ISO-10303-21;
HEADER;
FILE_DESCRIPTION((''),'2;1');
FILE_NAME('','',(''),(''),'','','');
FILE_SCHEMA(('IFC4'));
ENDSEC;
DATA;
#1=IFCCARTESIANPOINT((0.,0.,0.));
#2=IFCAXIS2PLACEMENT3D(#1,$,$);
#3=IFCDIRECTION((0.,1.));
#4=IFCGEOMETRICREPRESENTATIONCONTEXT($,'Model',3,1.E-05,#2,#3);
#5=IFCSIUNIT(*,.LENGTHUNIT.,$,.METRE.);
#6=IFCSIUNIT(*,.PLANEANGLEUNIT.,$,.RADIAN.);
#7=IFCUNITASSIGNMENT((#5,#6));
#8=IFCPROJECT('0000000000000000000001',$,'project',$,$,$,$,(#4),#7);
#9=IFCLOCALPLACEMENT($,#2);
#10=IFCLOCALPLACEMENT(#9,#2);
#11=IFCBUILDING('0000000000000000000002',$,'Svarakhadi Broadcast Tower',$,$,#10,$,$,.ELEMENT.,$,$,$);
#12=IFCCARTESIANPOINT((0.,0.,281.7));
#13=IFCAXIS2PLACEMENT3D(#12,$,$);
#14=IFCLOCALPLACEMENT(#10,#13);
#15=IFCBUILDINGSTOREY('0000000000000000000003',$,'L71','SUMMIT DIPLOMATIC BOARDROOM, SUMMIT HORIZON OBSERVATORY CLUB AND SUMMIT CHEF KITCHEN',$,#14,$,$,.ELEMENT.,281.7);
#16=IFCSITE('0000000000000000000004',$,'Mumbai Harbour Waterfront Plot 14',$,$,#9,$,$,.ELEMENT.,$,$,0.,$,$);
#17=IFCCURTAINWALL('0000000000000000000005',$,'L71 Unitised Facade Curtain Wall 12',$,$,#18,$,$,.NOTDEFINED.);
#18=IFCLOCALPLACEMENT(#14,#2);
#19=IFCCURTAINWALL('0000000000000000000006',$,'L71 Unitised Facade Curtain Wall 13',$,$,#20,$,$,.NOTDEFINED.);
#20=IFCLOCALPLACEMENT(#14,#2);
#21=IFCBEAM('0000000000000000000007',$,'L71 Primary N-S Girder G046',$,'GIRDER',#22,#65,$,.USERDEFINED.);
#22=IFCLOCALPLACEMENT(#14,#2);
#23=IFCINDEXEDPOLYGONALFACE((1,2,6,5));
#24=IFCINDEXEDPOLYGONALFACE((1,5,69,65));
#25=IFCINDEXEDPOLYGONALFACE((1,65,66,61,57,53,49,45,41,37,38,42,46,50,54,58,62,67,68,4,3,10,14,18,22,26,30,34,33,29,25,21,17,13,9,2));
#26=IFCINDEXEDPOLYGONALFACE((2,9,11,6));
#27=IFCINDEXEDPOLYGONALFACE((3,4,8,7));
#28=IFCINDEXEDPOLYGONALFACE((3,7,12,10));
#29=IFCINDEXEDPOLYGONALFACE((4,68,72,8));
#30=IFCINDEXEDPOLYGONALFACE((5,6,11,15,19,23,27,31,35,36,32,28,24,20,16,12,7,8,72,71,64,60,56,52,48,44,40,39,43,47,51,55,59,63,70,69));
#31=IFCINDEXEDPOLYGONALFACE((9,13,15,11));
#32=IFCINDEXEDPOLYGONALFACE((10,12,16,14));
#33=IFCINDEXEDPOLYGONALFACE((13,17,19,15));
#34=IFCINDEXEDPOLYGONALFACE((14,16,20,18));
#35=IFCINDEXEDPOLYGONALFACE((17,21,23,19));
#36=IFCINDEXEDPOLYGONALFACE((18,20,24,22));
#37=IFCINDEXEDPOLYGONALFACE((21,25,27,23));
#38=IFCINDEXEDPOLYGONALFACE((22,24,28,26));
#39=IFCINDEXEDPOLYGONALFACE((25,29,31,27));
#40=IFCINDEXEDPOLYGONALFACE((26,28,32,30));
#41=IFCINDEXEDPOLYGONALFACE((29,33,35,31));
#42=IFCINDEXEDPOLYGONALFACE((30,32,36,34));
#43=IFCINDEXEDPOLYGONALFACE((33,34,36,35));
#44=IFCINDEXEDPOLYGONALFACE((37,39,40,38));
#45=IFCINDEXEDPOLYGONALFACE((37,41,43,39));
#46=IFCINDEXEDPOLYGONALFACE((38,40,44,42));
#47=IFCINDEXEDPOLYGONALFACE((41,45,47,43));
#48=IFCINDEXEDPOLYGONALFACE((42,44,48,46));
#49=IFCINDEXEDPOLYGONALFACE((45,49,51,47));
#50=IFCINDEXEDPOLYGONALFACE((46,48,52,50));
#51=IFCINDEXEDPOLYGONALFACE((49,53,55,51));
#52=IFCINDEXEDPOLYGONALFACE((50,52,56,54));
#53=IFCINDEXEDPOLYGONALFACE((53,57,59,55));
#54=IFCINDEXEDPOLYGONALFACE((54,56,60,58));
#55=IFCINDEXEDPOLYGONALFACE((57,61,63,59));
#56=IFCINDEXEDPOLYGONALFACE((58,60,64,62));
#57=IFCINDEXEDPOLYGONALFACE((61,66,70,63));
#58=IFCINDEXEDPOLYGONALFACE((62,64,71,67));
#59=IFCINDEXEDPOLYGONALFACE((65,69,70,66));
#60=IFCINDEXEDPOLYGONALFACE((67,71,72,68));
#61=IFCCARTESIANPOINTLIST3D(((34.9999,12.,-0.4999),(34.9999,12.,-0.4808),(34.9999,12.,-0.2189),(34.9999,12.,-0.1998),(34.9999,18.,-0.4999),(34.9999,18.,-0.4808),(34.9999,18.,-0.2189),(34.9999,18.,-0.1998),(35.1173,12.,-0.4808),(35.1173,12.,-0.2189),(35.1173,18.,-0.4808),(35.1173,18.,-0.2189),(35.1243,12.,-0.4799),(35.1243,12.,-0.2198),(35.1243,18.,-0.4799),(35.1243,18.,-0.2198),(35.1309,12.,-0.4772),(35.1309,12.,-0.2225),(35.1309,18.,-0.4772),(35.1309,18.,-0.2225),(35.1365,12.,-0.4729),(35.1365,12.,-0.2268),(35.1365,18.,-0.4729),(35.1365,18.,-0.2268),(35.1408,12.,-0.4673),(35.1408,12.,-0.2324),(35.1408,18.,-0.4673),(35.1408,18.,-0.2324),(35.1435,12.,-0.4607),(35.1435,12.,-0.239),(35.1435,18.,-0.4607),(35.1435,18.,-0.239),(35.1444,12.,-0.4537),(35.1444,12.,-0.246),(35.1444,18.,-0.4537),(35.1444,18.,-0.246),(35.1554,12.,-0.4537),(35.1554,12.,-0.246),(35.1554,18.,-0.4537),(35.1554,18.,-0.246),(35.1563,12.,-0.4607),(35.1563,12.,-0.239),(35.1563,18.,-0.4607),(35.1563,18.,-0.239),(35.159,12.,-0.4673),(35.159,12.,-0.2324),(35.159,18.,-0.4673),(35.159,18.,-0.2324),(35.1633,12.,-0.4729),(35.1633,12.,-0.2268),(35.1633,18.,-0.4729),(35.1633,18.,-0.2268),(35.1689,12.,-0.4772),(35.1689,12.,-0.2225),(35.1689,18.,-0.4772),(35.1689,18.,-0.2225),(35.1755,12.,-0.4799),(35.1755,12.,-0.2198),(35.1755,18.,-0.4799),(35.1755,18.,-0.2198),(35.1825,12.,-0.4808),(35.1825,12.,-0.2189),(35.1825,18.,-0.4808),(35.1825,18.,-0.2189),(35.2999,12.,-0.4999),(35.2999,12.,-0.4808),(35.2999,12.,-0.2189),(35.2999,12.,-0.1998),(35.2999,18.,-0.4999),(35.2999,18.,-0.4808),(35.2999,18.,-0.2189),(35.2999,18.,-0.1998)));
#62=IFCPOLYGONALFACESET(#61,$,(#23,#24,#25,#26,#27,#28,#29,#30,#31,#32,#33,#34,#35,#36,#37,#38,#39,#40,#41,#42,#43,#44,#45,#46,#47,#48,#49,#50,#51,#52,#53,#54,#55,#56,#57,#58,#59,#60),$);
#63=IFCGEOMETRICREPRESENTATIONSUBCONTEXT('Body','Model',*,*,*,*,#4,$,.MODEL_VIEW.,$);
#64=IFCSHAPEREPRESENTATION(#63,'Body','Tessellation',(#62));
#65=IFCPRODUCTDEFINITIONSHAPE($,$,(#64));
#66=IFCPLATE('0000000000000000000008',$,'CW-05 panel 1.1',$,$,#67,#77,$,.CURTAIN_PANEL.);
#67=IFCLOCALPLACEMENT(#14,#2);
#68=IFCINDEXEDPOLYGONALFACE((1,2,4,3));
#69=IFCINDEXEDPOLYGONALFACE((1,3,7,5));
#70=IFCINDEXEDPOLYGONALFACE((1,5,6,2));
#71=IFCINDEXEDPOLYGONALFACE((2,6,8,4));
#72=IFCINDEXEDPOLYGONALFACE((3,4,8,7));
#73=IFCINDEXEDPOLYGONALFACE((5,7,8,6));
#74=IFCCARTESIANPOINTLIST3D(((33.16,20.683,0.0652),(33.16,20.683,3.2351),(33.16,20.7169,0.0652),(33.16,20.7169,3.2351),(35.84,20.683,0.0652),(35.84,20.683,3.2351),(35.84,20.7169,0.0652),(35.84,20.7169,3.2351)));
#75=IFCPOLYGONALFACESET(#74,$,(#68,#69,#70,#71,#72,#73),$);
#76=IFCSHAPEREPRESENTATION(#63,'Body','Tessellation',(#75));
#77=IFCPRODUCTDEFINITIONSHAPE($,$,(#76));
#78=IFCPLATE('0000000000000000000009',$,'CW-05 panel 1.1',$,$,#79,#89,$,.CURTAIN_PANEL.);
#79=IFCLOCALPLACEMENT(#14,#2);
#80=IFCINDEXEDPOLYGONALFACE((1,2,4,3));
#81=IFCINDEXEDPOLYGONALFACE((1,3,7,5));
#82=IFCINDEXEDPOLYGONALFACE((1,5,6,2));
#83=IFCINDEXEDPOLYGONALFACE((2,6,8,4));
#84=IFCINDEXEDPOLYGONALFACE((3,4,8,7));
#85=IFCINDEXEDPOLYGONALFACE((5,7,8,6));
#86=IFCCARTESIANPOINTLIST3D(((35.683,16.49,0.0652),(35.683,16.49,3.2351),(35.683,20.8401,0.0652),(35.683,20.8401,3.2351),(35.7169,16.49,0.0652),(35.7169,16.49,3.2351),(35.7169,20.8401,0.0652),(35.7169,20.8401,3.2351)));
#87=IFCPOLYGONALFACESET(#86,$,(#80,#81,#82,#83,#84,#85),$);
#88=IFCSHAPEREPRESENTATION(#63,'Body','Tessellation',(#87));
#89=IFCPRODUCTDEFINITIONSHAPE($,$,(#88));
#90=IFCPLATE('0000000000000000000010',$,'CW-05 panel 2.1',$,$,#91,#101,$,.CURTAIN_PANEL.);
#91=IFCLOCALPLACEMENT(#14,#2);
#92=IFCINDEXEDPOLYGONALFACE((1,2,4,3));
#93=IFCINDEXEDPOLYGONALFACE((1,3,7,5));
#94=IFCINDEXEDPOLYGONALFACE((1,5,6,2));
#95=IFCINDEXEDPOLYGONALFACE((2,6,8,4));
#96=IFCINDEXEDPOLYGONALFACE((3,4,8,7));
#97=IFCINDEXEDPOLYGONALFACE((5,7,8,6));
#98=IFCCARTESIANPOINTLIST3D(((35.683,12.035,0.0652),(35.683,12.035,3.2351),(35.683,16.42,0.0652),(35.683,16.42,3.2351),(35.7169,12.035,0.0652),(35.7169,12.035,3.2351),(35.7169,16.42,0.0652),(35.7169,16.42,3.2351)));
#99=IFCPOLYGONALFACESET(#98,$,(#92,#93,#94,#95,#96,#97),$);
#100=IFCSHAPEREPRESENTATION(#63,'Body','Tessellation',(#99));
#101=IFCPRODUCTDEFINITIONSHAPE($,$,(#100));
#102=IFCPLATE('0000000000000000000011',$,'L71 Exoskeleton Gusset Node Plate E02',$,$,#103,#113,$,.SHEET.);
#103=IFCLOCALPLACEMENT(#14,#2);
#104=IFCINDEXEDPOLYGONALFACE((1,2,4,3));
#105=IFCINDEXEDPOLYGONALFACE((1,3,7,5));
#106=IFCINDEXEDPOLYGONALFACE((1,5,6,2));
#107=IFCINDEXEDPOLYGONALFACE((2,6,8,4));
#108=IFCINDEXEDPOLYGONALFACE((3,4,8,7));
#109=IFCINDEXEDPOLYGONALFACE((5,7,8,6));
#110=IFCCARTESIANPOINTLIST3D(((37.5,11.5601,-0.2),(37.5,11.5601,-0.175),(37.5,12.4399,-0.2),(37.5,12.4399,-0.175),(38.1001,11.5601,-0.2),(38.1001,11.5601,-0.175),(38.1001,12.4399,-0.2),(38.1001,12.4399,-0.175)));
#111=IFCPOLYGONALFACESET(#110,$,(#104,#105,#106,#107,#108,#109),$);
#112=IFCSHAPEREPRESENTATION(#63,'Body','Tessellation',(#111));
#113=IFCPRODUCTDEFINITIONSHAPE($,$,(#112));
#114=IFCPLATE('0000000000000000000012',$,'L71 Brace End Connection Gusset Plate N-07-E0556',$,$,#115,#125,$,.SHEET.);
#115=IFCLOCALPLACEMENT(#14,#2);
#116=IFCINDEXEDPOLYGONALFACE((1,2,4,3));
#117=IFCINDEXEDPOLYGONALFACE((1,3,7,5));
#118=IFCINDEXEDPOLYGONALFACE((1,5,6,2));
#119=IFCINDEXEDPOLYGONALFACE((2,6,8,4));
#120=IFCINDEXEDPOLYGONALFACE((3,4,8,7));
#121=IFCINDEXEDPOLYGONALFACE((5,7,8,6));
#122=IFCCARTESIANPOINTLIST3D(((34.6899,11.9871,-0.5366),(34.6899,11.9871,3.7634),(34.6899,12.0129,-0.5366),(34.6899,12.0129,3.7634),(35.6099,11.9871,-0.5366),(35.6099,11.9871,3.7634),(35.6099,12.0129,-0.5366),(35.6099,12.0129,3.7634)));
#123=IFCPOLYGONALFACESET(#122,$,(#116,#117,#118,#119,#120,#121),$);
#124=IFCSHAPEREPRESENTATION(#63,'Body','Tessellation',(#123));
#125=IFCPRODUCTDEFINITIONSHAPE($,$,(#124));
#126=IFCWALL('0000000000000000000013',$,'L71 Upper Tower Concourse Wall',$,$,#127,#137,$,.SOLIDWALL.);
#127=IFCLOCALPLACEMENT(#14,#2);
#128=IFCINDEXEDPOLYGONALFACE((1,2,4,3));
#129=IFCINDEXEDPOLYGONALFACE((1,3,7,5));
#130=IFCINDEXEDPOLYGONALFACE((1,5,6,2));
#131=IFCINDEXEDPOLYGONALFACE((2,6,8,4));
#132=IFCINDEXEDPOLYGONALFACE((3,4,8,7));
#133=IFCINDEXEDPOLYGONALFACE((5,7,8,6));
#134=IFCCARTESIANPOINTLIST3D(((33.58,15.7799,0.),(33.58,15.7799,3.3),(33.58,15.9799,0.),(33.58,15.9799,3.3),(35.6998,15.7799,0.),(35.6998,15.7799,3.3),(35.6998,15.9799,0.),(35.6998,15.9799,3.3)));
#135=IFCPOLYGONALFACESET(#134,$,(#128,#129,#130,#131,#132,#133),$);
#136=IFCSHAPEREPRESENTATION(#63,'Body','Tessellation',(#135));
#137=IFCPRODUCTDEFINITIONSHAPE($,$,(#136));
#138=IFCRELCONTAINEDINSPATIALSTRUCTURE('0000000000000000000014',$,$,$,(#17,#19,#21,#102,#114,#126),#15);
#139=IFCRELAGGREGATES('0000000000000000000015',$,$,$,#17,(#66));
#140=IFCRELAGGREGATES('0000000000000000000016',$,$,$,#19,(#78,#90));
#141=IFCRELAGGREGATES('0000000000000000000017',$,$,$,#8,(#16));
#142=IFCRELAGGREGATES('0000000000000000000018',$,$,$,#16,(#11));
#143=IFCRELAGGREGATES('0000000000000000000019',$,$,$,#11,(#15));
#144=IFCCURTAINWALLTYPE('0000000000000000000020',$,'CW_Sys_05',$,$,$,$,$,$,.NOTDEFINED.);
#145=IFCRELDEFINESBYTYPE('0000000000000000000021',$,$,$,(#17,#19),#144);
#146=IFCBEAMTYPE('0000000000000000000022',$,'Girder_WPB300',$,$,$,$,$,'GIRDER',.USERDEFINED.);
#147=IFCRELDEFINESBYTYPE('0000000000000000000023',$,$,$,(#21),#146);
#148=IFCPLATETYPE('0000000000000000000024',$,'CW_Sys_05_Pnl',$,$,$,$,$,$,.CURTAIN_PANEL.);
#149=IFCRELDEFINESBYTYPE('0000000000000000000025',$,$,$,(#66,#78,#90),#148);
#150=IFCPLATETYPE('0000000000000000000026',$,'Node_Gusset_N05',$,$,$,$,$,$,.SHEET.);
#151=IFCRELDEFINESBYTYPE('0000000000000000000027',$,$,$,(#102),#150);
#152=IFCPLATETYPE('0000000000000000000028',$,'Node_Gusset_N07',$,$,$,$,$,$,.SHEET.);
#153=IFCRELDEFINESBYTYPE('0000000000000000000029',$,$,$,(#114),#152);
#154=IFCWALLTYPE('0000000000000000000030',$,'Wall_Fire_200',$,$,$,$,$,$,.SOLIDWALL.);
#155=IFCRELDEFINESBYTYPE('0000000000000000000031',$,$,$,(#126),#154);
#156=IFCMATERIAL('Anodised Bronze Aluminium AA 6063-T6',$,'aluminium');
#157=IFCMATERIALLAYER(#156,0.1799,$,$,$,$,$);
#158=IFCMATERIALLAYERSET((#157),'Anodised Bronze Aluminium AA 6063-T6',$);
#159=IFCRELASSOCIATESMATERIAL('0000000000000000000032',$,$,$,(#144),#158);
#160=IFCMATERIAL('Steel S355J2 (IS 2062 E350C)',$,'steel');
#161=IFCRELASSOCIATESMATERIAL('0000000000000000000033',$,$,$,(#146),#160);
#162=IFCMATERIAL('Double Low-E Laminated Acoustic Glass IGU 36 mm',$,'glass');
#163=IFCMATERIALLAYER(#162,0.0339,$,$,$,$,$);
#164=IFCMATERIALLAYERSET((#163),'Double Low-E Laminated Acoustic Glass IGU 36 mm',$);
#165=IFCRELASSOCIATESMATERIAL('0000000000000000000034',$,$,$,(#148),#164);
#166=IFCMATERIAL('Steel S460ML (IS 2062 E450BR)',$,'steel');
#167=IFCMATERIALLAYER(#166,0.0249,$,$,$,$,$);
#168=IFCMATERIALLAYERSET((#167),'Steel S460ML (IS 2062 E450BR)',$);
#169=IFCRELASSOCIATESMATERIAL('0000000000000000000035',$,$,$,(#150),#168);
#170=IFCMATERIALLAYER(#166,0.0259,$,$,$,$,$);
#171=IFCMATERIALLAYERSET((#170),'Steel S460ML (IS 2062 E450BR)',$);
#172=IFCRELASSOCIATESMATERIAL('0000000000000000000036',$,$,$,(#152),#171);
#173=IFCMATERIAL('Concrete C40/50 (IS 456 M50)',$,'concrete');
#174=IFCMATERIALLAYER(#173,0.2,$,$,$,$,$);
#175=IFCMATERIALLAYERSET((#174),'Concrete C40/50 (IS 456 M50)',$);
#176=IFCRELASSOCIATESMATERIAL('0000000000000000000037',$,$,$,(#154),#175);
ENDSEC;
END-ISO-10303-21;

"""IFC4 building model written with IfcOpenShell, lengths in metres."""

from ifc_helpers import new_model, si_unit, direction, frame, frame_2d, origin, origin_2d, place, context, subcontext, project, spatial, rectangle, i_section, extrude, material, layer, layer_set, material_profile, profile_set, type_object, element, aggregate, save


model = new_model("IFC4")

# Units and contexts
model_context = context("Model", 3, precision=1e-05, world=origin(), true_north=direction((0.0, 1.0)))
body_context = subcontext(model_context, "Body", "Model", "MODEL_VIEW")
ifc_project = project(units=[si_unit("LENGTHUNIT", "METRE"), si_unit("PLANEANGLEUNIT", "RADIAN")], contexts=[model_context])

# Site, building, storey
site_placement = place(None, origin())
site = spatial("IfcSite", under=ifc_project, at=site_placement, Name="Mumbai Harbour Waterfront Plot 14", CompositionType="ELEMENT", RefElevation=0.0)
building_placement = place(site_placement, origin())
building = spatial("IfcBuilding", under=site, at=building_placement, Name="Svarakhadi Broadcast Tower", CompositionType="ELEMENT")
storey_placement = place(building_placement, frame((0.0, 0.0, 281.7)))
storey = spatial("IfcBuildingStorey", under=building, at=storey_placement, Name="L71", Description="SUMMIT DIPLOMATIC BOARDROOM, SUMMIT HORIZON OBSERVATORY CLUB AND SUMMIT CHEF KITCHEN", CompositionType="ELEMENT", Elevation=281.7)

# Shared definitions
ifc_material_1 = material(Name="Steel S460ML (IS 2062 E450BR)", Category="steel")

# Curtain wall
ifc_material_2 = material(Name="Anodised Bronze Aluminium AA 6063-T6", Category="aluminium")
ifc_layer_1 = layer(ifc_material_2, 0.1799)
ifc_layer_set_1 = layer_set([ifc_layer_1], Name="Anodised Bronze Aluminium AA 6063-T6")
curtain_wall_type = type_object("IfcCurtainWallType", Name="CW_Sys_05", PredefinedType="NOTDEFINED", material=ifc_layer_set_1)
curtain_wall_1_placement = place(storey_placement, origin())
curtain_wall_1 = element("IfcCurtainWall", 1, at=curtain_wall_1_placement, inside=storey, type_object=curtain_wall_type, Name="L71 Unitised Facade Curtain Wall 12", PredefinedType="NOTDEFINED")

# Curtain wall
curtain_wall_2_placement = place(storey_placement, origin())
curtain_wall_2 = element("IfcCurtainWall", 2, at=curtain_wall_2_placement, inside=storey, type_object=curtain_wall_type, Name="L71 Unitised Facade Curtain Wall 13", PredefinedType="NOTDEFINED")

# Beam
ifc_material_3 = material(Name="Steel S355J2 (IS 2062 E350C)", Category="steel")
ifc_material_profile_1 = material_profile(ifc_material_3, i_section(OverallWidth=0.3, OverallDepth=0.3, WebThickness=0.011, FlangeThickness=0.019, FilletRadius=0.0271, at=origin_2d()), Name="WPB 300x300x117")
ifc_profile_set_1 = profile_set([ifc_material_profile_1], Name="Steel S355J2 (IS 2062 E350C)")
beam_type = type_object("IfcBeamType", Name="Girder_WPB300", ElementType="GIRDER", PredefinedType="USERDEFINED", material=ifc_profile_set_1)
beam_1_placement = place(storey_placement, frame((35.1499, 12.0, -0.3499), z_axis=(0.0, 1.0, 0.0), x_axis=(-1.0, 0.0, 0.0)))
element("IfcBeam", 3, at=beam_1_placement, inside=storey, type_object=beam_type, Name="L71 Primary N-S Girder G046", ObjectType="GIRDER", PredefinedType="USERDEFINED", context=body_context, shape_type="SweptSolid", body=[
    extrude(i_section(OverallWidth=0.3, OverallDepth=0.3, WebThickness=0.011, FlangeThickness=0.019, FilletRadius=0.0271, at=origin_2d()), origin(), (0.0, 0.0, 1.0), 6.0),
])

# Plates
ifc_material_4 = material(Name="Double Low-E Laminated Acoustic Glass IGU 36 mm", Category="glass")
ifc_layer_2 = layer(ifc_material_4, 0.0339)
ifc_layer_set_2 = layer_set([ifc_layer_2], Name="Double Low-E Laminated Acoustic Glass IGU 36 mm")
plate_type_1 = type_object("IfcPlateType", Name="CW_Sys_05_Pnl", PredefinedType="CURTAIN_PANEL", material=ifc_layer_set_2)
plate_1_placement = place(storey_placement, frame((34.5, 20.7, 0.0652), z_axis=(0.0, 0.0, 1.0), x_axis=(1.0, 0.0, 0.0)))
plate_1 = element("IfcPlate", 4, at=plate_1_placement, type_object=plate_type_1, Name="CW-05 panel 1.1", PredefinedType="CURTAIN_PANEL", context=body_context, shape_type="SweptSolid", body=[
    extrude(rectangle(XDim=2.6799, YDim=0.0339, at=origin_2d()), origin(), (0.0, 0.0, 1.0), 3.1699),
])
aggregate(curtain_wall_1, [plate_1])
plate_2_placement = place(storey_placement, frame((35.7, 18.665, 0.0652), z_axis=(0.0, 0.0, 1.0), x_axis=(0.0, -1.0, 0.0)))
plate_2 = element("IfcPlate", 5, at=plate_2_placement, type_object=plate_type_1, Name="CW-05 panel 1.1", PredefinedType="CURTAIN_PANEL", context=body_context, shape_type="SweptSolid", body=[
    extrude(rectangle(XDim=4.3501, YDim=0.0339, at=origin_2d()), origin(), (0.0, 0.0, 1.0), 3.1699),
])
plate_3_placement = place(storey_placement, frame((35.7, 14.2275, 0.0652), z_axis=(0.0, 0.0, 1.0), x_axis=(0.0, -1.0, 0.0)))
plate_3 = element("IfcPlate", 6, at=plate_3_placement, type_object=plate_type_1, Name="CW-05 panel 2.1", PredefinedType="CURTAIN_PANEL", context=body_context, shape_type="SweptSolid", body=[
    extrude(rectangle(XDim=4.385, YDim=0.0339, at=origin_2d()), origin(), (0.0, 0.0, 1.0), 3.1699),
])
aggregate(curtain_wall_2, [plate_2, plate_3])

# Plates
ifc_layer_3 = layer(ifc_material_1, 0.0249)
ifc_layer_set_3 = layer_set([ifc_layer_3], Name="Steel S460ML (IS 2062 E450BR)")
plate_type_2 = type_object("IfcPlateType", Name="Node_Gusset_N05", PredefinedType="SHEET", material=ifc_layer_set_3)
plate_4_placement = place(storey_placement, frame((37.8, 12.0, -0.2), z_axis=(0.0, 0.0, 1.0), x_axis=(0.0, 1.0, 0.0)))
element("IfcPlate", 7, at=plate_4_placement, inside=storey, type_object=plate_type_2, Name="L71 Exoskeleton Gusset Node Plate E02", PredefinedType="SHEET", context=body_context, shape_type="SweptSolid", body=[
    extrude(rectangle(XDim=0.8799, YDim=0.6001, at=origin_2d()), origin(), (0.0, 0.0, 1.0), 0.0249),
])
ifc_layer_4 = layer(ifc_material_1, 0.0259)
ifc_layer_set_4 = layer_set([ifc_layer_4], Name="Steel S460ML (IS 2062 E450BR)")
plate_type_3 = type_object("IfcPlateType", Name="Node_Gusset_N07", PredefinedType="SHEET", material=ifc_layer_set_4)
plate_5_placement = place(storey_placement, frame((35.1499, 12.0, -0.5366), z_axis=(0.0, 0.0, 1.0), x_axis=(1.0, 0.0, 0.0)))
element("IfcPlate", 8, at=plate_5_placement, inside=storey, type_object=plate_type_3, Name="L71 Brace End Connection Gusset Plate N-07-E0556", PredefinedType="SHEET", context=body_context, shape_type="SweptSolid", body=[
    extrude(rectangle(XDim=0.9199, YDim=0.0259, at=origin_2d()), origin(), (0.0, 0.0, 1.0), 4.3),
])

# Wall
ifc_material_5 = material(Name="Concrete C40/50 (IS 456 M50)", Category="concrete")
ifc_layer_5 = layer(ifc_material_5, 0.2)
ifc_layer_set_5 = layer_set([ifc_layer_5], Name="Concrete C40/50 (IS 456 M50)")
wall_type = type_object("IfcWallType", Name="Wall_Fire_200", PredefinedType="SOLIDWALL", material=ifc_layer_set_5)
wall_placement = place(storey_placement, frame((35.7, 15.8799, 0.0), z_axis=(0.0, 0.0, 1.0), x_axis=(-1.0, 0.0, 0.0)))
element("IfcWall", 9, at=wall_placement, inside=storey, type_object=wall_type, Name="L71 Upper Tower Concourse Wall", PredefinedType="SOLIDWALL", context=body_context, shape_type="SweptSolid", body=[
    extrude(rectangle(XDim=2.1199, YDim=0.2, at=frame_2d((1.0601, 0.0))), origin(), (0.0, 0.0, 1.0), 3.3),
])

save(model, "model.ifc")
